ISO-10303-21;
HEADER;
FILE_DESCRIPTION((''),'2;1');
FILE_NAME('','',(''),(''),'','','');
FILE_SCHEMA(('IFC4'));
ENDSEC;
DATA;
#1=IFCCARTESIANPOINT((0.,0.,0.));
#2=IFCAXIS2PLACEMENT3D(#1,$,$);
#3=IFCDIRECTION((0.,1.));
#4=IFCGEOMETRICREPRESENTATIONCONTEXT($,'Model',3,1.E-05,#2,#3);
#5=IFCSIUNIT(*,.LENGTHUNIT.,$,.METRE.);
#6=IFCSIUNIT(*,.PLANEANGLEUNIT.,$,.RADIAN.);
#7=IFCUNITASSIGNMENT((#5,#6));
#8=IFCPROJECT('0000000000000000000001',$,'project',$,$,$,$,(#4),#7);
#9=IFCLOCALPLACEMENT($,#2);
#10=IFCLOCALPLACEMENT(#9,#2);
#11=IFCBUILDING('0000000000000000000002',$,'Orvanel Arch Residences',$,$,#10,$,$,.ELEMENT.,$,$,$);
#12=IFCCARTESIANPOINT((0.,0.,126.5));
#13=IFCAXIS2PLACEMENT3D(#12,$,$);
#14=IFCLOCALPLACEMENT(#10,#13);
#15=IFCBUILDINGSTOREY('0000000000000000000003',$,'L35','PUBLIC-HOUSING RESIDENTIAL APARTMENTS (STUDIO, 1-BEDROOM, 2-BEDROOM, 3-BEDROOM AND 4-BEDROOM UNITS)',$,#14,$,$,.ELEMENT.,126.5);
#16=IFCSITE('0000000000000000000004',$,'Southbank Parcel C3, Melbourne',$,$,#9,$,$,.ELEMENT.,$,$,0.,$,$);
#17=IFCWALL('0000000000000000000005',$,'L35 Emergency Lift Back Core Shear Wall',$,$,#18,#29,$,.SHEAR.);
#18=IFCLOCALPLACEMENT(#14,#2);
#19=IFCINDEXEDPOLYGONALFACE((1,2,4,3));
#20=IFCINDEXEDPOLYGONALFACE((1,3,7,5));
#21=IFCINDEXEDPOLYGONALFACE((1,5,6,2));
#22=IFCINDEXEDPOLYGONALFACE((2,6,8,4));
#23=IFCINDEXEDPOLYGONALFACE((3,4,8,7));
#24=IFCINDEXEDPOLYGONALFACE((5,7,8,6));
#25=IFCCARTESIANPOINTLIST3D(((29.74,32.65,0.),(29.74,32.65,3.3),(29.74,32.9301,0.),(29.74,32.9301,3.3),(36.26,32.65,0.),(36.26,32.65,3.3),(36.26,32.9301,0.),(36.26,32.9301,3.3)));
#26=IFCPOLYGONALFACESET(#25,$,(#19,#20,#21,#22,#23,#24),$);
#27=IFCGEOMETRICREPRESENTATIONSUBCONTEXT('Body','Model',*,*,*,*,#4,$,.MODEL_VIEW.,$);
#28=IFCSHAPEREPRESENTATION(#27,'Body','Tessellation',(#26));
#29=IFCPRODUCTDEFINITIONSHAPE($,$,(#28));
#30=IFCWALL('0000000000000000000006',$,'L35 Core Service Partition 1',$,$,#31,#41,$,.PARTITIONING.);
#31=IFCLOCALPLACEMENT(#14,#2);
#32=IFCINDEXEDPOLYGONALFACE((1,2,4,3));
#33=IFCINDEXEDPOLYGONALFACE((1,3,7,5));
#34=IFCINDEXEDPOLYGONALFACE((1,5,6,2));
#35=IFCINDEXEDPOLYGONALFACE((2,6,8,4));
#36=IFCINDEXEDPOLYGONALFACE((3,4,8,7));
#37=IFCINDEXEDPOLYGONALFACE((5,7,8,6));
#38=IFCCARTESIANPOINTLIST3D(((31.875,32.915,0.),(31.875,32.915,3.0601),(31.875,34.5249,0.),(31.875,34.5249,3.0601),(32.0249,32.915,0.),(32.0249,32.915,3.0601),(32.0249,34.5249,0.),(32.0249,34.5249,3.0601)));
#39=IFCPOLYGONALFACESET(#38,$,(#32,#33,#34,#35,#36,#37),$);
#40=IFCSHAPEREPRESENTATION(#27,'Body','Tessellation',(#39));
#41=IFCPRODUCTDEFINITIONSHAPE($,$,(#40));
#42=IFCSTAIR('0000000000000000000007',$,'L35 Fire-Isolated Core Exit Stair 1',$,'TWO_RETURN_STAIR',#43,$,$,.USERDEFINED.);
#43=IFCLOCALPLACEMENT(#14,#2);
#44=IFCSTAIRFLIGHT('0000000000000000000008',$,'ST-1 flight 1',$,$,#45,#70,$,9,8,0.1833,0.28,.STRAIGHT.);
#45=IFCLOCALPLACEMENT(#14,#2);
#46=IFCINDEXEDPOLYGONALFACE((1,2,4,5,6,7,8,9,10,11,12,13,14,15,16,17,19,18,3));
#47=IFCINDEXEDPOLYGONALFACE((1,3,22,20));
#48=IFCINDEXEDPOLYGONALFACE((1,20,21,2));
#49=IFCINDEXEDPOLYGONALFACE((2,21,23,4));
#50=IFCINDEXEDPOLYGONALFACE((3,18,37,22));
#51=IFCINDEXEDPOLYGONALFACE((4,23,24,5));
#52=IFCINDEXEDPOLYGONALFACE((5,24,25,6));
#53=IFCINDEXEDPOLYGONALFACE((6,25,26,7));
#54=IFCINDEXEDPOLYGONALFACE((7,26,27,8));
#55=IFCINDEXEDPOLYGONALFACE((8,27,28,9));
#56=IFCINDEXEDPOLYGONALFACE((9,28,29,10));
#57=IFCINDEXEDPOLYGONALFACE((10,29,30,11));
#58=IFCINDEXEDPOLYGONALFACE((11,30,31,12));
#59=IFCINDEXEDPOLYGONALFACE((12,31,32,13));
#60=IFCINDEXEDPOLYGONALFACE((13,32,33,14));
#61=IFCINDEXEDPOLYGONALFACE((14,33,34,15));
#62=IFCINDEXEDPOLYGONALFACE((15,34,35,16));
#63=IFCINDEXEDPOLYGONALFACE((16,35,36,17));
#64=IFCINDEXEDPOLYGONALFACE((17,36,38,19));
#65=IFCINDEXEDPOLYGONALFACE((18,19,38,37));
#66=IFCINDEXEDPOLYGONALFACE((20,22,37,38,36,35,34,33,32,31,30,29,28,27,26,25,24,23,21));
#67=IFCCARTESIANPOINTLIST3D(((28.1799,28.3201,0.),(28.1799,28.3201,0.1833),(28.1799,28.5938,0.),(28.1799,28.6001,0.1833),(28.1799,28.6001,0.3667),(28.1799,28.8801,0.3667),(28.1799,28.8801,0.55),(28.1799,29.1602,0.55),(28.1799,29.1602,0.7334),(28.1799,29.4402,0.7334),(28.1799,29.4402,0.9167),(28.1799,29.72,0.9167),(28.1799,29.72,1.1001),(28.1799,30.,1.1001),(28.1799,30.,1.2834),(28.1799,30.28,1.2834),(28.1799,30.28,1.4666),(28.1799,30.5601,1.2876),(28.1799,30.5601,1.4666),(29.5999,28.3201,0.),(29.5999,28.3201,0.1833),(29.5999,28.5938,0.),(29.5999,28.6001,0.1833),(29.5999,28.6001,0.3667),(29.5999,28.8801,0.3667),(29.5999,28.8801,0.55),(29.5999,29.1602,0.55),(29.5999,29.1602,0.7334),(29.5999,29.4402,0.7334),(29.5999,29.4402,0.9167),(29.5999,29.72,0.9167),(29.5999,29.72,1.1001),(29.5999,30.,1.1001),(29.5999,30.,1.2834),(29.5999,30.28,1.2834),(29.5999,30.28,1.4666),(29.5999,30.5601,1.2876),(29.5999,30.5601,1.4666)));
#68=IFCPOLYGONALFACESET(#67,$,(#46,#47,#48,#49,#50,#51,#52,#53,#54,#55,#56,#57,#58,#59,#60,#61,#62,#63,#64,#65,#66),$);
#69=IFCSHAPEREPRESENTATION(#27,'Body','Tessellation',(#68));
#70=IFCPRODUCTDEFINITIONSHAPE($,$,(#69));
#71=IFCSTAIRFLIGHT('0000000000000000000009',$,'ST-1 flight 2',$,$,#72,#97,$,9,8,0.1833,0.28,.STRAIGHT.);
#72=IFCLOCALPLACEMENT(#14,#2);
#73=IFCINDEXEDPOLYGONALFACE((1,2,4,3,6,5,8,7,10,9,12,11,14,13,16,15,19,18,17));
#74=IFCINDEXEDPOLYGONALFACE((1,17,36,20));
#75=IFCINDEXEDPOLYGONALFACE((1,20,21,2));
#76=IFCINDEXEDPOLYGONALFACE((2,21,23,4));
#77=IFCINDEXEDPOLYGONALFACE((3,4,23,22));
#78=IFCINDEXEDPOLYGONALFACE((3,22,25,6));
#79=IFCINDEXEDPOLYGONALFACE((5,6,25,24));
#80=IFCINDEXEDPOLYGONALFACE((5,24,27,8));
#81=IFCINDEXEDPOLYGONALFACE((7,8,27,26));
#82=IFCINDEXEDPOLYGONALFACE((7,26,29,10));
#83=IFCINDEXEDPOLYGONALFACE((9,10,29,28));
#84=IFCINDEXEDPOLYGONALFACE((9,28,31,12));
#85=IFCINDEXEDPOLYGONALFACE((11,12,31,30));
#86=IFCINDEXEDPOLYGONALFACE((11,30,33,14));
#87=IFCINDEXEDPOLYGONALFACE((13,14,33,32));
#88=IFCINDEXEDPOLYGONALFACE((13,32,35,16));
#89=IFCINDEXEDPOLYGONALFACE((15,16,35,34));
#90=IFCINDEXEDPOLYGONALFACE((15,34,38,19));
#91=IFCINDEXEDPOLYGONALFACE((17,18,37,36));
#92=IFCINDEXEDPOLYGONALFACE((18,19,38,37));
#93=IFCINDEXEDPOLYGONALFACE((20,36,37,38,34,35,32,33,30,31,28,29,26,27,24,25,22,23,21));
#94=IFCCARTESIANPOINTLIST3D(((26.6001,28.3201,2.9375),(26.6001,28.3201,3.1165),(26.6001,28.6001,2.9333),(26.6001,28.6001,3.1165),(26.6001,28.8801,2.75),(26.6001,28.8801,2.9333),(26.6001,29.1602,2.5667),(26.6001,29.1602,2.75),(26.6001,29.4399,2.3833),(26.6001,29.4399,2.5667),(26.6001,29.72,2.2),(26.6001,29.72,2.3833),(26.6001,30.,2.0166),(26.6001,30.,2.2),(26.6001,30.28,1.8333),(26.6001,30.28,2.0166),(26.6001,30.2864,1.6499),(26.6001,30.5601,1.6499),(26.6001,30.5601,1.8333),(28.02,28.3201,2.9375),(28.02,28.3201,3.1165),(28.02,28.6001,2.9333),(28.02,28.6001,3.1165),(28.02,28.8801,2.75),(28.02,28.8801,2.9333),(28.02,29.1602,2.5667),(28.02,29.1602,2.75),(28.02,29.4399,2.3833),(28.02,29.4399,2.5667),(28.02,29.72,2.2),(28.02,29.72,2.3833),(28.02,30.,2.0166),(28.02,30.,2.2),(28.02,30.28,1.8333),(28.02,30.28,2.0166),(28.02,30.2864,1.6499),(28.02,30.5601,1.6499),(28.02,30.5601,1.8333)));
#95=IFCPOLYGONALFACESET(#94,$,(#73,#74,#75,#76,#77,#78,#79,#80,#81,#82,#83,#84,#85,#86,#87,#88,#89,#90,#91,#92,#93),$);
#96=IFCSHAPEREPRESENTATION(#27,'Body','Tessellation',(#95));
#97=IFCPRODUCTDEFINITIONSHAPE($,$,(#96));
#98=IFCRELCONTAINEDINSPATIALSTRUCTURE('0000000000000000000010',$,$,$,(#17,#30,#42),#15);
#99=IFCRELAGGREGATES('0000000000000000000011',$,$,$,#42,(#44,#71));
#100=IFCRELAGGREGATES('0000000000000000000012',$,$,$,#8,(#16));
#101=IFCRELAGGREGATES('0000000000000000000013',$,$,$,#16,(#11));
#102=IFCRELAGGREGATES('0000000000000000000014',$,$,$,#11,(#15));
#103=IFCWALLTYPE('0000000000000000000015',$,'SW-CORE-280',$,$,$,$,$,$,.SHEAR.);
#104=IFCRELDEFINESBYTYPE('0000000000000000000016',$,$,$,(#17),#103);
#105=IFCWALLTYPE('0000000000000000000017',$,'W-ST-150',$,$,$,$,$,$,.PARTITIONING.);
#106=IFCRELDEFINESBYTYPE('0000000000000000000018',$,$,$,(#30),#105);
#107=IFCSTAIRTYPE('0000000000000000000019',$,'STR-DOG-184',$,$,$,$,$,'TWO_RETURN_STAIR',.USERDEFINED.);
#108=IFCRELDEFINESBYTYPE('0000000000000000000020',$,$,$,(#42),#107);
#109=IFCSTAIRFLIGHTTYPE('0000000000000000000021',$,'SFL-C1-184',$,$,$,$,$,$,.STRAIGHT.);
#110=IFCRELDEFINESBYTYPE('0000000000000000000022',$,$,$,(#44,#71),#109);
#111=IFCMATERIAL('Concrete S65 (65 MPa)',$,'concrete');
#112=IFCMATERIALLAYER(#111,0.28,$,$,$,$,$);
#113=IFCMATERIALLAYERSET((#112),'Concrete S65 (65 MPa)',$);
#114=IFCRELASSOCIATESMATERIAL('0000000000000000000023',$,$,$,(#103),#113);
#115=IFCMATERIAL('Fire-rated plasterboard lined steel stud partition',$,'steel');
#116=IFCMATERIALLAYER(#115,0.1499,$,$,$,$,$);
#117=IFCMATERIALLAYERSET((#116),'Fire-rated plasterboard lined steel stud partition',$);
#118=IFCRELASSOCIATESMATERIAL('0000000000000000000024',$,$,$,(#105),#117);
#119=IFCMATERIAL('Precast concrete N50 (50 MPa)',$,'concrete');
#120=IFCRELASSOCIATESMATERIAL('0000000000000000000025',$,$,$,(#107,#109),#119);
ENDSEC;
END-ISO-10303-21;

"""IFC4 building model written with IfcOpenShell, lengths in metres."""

from ifc_helpers import new_model, si_unit, direction, frame, frame_2d, origin, place, context, subcontext, project, spatial, polyline, rectangle, outline, extrude, material, layer, layer_set, type_object, element, aggregate, save


model = new_model("IFC4")

# Units and contexts
model_context = context("Model", 3, precision=1e-05, world=origin(), true_north=direction((0.0, 1.0)))
body_context = subcontext(model_context, "Body", "Model", "MODEL_VIEW")
ifc_project = project(units=[si_unit("LENGTHUNIT", "METRE"), si_unit("PLANEANGLEUNIT", "RADIAN")], contexts=[model_context])

# Site, building, storey
site_placement = place(None, origin())
site = spatial("IfcSite", under=ifc_project, at=site_placement, Name="Southbank Parcel C3, Melbourne", CompositionType="ELEMENT", RefElevation=0.0)
building_placement = place(site_placement, origin())
building = spatial("IfcBuilding", under=site, at=building_placement, Name="Orvanel Arch Residences", CompositionType="ELEMENT")
storey_placement = place(building_placement, frame((0.0, 0.0, 126.5)))
storey = spatial("IfcBuildingStorey", under=building, at=storey_placement, Name="L35", Description="PUBLIC-HOUSING RESIDENTIAL APARTMENTS (STUDIO, 1-BEDROOM, 2-BEDROOM, 3-BEDROOM AND 4-BEDROOM UNITS)", CompositionType="ELEMENT", Elevation=126.5)

# Shared definitions
ifc_material_1 = material(Name="Concrete S65 (65 MPa)", Category="concrete")
ifc_layer_1 = layer(ifc_material_1, 0.28)
ifc_layer_set_1 = layer_set([ifc_layer_1], Name="Concrete S65 (65 MPa)")
wall_type_1 = type_object("IfcWallType", Name="SW-CORE-280", PredefinedType="SHEAR", material=ifc_layer_set_1)

# Walls
wall_1_placement = place(storey_placement, frame((29.74, 32.79, 0.0), z_axis=(0.0, 0.0, 1.0), x_axis=(1.0, 0.0, 0.0)))
element("IfcWall", 1, at=wall_1_placement, inside=storey, type_object=wall_type_1, Name="L35 Emergency Lift Back Core Shear Wall", PredefinedType="SHEAR", context=body_context, shape_type="SweptSolid", body=[
    extrude(rectangle(XDim=6.52, YDim=0.28, at=frame_2d((3.26, 0.0))), origin(), (0.0, 0.0, 1.0), 3.3),
])
ifc_material_2 = material(Name="Fire-rated plasterboard lined steel stud partition", Category="steel")
ifc_layer_2 = layer(ifc_material_2, 0.1499)
ifc_layer_set_2 = layer_set([ifc_layer_2], Name="Fire-rated plasterboard lined steel stud partition")
wall_type_2 = type_object("IfcWallType", Name="W-ST-150", PredefinedType="PARTITIONING", material=ifc_layer_set_2)
wall_2_placement = place(storey_placement, frame((31.95, 32.915, 0.0), z_axis=(0.0, 0.0, 1.0), x_axis=(0.0, 1.0, 0.0)))
element("IfcWall", 2, at=wall_2_placement, inside=storey, type_object=wall_type_2, Name="L35 Core Service Partition 1", PredefinedType="PARTITIONING", context=body_context, shape_type="SweptSolid", body=[
    extrude(rectangle(XDim=1.6099, YDim=0.1499, at=frame_2d((0.8049, 0.0))), origin(), (0.0, 0.0, 1.0), 3.0601),
])

# Stair, stair flights
ifc_material_3 = material(Name="Precast concrete N50 (50 MPa)", Category="concrete")
stair_type = type_object("IfcStairType", Name="STR-DOG-184", ElementType="TWO_RETURN_STAIR", PredefinedType="USERDEFINED", material=ifc_material_3)
stair_placement = place(storey_placement, origin())
stair = element("IfcStair", 3, at=stair_placement, inside=storey, type_object=stair_type, Name="L35 Fire-Isolated Core Exit Stair 1", ObjectType="TWO_RETURN_STAIR", PredefinedType="USERDEFINED")
stair_flight_type = type_object("IfcStairFlightType", Name="SFL-C1-184", PredefinedType="STRAIGHT", material=ifc_material_3)
stair_flight_1_placement = place(storey_placement, frame((28.8899, 28.3201, 0.0), z_axis=(0.0, 0.0, 1.0), x_axis=(0.0, 1.0, 0.0)))
stair_flight_1 = element("IfcStairFlight", 4, at=stair_flight_1_placement, type_object=stair_flight_type, Name="ST-1 flight 1", NumberOfRisers=9, NumberOfTreads=8, PredefinedType="STRAIGHT", RiserHeight=0.1833, TreadLength=0.28, context=body_context, shape_type="SweptSolid", body=[
    extrude(outline(polyline([(0.0, 0.0), (0.0, 0.1833), (0.28, 0.1833), (0.28, 0.3667), (0.5601, 0.3667), (0.5601, 0.55), (0.8401, 0.55), (0.8401, 0.7334), (1.1201, 0.7334), (1.1201, 0.9167), (1.3999, 0.9167), (1.3999, 1.1001), (1.6799, 1.1001), (1.6799, 1.2834), (1.96, 1.2834), (1.96, 1.4666), (2.24, 1.4666), (2.24, 1.6499), (2.24, 1.2876), (0.2737, 0.0), (0.0, 0.0)])), frame((0.0, 0.71, 0.0), z_axis=(0.0, -1.0, 0.0), x_axis=(1.0, 0.0, 0.0)), (0.0, 0.0, 1.0), 1.4199),
])
stair_flight_2_placement = place(storey_placement, frame((27.3101, 30.5601, 1.6499), z_axis=(0.0, 0.0, 1.0), x_axis=(0.0, -1.0, 0.0)))
stair_flight_2 = element("IfcStairFlight", 5, at=stair_flight_2_placement, type_object=stair_flight_type, Name="ST-1 flight 2", NumberOfRisers=9, NumberOfTreads=8, PredefinedType="STRAIGHT", RiserHeight=0.1833, TreadLength=0.28, context=body_context, shape_type="SweptSolid", body=[
    extrude(outline(polyline([(0.0, 0.0), (0.0, 0.1833), (0.28, 0.1833), (0.28, 0.3667), (0.5601, 0.3667), (0.5601, 0.55), (0.8401, 0.55), (0.8401, 0.7334), (1.1201, 0.7334), (1.1201, 0.9167), (1.3999, 0.9167), (1.3999, 1.1001), (1.6799, 1.1001), (1.6799, 1.2834), (1.96, 1.2834), (1.96, 1.4666), (2.24, 1.4666), (2.24, 1.6499), (2.24, 1.2876), (0.2737, 0.0), (0.0, 0.0)])), frame((0.0, 0.71, 0.0), z_axis=(0.0, -1.0, 0.0), x_axis=(1.0, 0.0, 0.0)), (0.0, 0.0, 1.0), 1.4199),
])
aggregate(stair, [stair_flight_1, stair_flight_2])

save(model, "model.ifc")
